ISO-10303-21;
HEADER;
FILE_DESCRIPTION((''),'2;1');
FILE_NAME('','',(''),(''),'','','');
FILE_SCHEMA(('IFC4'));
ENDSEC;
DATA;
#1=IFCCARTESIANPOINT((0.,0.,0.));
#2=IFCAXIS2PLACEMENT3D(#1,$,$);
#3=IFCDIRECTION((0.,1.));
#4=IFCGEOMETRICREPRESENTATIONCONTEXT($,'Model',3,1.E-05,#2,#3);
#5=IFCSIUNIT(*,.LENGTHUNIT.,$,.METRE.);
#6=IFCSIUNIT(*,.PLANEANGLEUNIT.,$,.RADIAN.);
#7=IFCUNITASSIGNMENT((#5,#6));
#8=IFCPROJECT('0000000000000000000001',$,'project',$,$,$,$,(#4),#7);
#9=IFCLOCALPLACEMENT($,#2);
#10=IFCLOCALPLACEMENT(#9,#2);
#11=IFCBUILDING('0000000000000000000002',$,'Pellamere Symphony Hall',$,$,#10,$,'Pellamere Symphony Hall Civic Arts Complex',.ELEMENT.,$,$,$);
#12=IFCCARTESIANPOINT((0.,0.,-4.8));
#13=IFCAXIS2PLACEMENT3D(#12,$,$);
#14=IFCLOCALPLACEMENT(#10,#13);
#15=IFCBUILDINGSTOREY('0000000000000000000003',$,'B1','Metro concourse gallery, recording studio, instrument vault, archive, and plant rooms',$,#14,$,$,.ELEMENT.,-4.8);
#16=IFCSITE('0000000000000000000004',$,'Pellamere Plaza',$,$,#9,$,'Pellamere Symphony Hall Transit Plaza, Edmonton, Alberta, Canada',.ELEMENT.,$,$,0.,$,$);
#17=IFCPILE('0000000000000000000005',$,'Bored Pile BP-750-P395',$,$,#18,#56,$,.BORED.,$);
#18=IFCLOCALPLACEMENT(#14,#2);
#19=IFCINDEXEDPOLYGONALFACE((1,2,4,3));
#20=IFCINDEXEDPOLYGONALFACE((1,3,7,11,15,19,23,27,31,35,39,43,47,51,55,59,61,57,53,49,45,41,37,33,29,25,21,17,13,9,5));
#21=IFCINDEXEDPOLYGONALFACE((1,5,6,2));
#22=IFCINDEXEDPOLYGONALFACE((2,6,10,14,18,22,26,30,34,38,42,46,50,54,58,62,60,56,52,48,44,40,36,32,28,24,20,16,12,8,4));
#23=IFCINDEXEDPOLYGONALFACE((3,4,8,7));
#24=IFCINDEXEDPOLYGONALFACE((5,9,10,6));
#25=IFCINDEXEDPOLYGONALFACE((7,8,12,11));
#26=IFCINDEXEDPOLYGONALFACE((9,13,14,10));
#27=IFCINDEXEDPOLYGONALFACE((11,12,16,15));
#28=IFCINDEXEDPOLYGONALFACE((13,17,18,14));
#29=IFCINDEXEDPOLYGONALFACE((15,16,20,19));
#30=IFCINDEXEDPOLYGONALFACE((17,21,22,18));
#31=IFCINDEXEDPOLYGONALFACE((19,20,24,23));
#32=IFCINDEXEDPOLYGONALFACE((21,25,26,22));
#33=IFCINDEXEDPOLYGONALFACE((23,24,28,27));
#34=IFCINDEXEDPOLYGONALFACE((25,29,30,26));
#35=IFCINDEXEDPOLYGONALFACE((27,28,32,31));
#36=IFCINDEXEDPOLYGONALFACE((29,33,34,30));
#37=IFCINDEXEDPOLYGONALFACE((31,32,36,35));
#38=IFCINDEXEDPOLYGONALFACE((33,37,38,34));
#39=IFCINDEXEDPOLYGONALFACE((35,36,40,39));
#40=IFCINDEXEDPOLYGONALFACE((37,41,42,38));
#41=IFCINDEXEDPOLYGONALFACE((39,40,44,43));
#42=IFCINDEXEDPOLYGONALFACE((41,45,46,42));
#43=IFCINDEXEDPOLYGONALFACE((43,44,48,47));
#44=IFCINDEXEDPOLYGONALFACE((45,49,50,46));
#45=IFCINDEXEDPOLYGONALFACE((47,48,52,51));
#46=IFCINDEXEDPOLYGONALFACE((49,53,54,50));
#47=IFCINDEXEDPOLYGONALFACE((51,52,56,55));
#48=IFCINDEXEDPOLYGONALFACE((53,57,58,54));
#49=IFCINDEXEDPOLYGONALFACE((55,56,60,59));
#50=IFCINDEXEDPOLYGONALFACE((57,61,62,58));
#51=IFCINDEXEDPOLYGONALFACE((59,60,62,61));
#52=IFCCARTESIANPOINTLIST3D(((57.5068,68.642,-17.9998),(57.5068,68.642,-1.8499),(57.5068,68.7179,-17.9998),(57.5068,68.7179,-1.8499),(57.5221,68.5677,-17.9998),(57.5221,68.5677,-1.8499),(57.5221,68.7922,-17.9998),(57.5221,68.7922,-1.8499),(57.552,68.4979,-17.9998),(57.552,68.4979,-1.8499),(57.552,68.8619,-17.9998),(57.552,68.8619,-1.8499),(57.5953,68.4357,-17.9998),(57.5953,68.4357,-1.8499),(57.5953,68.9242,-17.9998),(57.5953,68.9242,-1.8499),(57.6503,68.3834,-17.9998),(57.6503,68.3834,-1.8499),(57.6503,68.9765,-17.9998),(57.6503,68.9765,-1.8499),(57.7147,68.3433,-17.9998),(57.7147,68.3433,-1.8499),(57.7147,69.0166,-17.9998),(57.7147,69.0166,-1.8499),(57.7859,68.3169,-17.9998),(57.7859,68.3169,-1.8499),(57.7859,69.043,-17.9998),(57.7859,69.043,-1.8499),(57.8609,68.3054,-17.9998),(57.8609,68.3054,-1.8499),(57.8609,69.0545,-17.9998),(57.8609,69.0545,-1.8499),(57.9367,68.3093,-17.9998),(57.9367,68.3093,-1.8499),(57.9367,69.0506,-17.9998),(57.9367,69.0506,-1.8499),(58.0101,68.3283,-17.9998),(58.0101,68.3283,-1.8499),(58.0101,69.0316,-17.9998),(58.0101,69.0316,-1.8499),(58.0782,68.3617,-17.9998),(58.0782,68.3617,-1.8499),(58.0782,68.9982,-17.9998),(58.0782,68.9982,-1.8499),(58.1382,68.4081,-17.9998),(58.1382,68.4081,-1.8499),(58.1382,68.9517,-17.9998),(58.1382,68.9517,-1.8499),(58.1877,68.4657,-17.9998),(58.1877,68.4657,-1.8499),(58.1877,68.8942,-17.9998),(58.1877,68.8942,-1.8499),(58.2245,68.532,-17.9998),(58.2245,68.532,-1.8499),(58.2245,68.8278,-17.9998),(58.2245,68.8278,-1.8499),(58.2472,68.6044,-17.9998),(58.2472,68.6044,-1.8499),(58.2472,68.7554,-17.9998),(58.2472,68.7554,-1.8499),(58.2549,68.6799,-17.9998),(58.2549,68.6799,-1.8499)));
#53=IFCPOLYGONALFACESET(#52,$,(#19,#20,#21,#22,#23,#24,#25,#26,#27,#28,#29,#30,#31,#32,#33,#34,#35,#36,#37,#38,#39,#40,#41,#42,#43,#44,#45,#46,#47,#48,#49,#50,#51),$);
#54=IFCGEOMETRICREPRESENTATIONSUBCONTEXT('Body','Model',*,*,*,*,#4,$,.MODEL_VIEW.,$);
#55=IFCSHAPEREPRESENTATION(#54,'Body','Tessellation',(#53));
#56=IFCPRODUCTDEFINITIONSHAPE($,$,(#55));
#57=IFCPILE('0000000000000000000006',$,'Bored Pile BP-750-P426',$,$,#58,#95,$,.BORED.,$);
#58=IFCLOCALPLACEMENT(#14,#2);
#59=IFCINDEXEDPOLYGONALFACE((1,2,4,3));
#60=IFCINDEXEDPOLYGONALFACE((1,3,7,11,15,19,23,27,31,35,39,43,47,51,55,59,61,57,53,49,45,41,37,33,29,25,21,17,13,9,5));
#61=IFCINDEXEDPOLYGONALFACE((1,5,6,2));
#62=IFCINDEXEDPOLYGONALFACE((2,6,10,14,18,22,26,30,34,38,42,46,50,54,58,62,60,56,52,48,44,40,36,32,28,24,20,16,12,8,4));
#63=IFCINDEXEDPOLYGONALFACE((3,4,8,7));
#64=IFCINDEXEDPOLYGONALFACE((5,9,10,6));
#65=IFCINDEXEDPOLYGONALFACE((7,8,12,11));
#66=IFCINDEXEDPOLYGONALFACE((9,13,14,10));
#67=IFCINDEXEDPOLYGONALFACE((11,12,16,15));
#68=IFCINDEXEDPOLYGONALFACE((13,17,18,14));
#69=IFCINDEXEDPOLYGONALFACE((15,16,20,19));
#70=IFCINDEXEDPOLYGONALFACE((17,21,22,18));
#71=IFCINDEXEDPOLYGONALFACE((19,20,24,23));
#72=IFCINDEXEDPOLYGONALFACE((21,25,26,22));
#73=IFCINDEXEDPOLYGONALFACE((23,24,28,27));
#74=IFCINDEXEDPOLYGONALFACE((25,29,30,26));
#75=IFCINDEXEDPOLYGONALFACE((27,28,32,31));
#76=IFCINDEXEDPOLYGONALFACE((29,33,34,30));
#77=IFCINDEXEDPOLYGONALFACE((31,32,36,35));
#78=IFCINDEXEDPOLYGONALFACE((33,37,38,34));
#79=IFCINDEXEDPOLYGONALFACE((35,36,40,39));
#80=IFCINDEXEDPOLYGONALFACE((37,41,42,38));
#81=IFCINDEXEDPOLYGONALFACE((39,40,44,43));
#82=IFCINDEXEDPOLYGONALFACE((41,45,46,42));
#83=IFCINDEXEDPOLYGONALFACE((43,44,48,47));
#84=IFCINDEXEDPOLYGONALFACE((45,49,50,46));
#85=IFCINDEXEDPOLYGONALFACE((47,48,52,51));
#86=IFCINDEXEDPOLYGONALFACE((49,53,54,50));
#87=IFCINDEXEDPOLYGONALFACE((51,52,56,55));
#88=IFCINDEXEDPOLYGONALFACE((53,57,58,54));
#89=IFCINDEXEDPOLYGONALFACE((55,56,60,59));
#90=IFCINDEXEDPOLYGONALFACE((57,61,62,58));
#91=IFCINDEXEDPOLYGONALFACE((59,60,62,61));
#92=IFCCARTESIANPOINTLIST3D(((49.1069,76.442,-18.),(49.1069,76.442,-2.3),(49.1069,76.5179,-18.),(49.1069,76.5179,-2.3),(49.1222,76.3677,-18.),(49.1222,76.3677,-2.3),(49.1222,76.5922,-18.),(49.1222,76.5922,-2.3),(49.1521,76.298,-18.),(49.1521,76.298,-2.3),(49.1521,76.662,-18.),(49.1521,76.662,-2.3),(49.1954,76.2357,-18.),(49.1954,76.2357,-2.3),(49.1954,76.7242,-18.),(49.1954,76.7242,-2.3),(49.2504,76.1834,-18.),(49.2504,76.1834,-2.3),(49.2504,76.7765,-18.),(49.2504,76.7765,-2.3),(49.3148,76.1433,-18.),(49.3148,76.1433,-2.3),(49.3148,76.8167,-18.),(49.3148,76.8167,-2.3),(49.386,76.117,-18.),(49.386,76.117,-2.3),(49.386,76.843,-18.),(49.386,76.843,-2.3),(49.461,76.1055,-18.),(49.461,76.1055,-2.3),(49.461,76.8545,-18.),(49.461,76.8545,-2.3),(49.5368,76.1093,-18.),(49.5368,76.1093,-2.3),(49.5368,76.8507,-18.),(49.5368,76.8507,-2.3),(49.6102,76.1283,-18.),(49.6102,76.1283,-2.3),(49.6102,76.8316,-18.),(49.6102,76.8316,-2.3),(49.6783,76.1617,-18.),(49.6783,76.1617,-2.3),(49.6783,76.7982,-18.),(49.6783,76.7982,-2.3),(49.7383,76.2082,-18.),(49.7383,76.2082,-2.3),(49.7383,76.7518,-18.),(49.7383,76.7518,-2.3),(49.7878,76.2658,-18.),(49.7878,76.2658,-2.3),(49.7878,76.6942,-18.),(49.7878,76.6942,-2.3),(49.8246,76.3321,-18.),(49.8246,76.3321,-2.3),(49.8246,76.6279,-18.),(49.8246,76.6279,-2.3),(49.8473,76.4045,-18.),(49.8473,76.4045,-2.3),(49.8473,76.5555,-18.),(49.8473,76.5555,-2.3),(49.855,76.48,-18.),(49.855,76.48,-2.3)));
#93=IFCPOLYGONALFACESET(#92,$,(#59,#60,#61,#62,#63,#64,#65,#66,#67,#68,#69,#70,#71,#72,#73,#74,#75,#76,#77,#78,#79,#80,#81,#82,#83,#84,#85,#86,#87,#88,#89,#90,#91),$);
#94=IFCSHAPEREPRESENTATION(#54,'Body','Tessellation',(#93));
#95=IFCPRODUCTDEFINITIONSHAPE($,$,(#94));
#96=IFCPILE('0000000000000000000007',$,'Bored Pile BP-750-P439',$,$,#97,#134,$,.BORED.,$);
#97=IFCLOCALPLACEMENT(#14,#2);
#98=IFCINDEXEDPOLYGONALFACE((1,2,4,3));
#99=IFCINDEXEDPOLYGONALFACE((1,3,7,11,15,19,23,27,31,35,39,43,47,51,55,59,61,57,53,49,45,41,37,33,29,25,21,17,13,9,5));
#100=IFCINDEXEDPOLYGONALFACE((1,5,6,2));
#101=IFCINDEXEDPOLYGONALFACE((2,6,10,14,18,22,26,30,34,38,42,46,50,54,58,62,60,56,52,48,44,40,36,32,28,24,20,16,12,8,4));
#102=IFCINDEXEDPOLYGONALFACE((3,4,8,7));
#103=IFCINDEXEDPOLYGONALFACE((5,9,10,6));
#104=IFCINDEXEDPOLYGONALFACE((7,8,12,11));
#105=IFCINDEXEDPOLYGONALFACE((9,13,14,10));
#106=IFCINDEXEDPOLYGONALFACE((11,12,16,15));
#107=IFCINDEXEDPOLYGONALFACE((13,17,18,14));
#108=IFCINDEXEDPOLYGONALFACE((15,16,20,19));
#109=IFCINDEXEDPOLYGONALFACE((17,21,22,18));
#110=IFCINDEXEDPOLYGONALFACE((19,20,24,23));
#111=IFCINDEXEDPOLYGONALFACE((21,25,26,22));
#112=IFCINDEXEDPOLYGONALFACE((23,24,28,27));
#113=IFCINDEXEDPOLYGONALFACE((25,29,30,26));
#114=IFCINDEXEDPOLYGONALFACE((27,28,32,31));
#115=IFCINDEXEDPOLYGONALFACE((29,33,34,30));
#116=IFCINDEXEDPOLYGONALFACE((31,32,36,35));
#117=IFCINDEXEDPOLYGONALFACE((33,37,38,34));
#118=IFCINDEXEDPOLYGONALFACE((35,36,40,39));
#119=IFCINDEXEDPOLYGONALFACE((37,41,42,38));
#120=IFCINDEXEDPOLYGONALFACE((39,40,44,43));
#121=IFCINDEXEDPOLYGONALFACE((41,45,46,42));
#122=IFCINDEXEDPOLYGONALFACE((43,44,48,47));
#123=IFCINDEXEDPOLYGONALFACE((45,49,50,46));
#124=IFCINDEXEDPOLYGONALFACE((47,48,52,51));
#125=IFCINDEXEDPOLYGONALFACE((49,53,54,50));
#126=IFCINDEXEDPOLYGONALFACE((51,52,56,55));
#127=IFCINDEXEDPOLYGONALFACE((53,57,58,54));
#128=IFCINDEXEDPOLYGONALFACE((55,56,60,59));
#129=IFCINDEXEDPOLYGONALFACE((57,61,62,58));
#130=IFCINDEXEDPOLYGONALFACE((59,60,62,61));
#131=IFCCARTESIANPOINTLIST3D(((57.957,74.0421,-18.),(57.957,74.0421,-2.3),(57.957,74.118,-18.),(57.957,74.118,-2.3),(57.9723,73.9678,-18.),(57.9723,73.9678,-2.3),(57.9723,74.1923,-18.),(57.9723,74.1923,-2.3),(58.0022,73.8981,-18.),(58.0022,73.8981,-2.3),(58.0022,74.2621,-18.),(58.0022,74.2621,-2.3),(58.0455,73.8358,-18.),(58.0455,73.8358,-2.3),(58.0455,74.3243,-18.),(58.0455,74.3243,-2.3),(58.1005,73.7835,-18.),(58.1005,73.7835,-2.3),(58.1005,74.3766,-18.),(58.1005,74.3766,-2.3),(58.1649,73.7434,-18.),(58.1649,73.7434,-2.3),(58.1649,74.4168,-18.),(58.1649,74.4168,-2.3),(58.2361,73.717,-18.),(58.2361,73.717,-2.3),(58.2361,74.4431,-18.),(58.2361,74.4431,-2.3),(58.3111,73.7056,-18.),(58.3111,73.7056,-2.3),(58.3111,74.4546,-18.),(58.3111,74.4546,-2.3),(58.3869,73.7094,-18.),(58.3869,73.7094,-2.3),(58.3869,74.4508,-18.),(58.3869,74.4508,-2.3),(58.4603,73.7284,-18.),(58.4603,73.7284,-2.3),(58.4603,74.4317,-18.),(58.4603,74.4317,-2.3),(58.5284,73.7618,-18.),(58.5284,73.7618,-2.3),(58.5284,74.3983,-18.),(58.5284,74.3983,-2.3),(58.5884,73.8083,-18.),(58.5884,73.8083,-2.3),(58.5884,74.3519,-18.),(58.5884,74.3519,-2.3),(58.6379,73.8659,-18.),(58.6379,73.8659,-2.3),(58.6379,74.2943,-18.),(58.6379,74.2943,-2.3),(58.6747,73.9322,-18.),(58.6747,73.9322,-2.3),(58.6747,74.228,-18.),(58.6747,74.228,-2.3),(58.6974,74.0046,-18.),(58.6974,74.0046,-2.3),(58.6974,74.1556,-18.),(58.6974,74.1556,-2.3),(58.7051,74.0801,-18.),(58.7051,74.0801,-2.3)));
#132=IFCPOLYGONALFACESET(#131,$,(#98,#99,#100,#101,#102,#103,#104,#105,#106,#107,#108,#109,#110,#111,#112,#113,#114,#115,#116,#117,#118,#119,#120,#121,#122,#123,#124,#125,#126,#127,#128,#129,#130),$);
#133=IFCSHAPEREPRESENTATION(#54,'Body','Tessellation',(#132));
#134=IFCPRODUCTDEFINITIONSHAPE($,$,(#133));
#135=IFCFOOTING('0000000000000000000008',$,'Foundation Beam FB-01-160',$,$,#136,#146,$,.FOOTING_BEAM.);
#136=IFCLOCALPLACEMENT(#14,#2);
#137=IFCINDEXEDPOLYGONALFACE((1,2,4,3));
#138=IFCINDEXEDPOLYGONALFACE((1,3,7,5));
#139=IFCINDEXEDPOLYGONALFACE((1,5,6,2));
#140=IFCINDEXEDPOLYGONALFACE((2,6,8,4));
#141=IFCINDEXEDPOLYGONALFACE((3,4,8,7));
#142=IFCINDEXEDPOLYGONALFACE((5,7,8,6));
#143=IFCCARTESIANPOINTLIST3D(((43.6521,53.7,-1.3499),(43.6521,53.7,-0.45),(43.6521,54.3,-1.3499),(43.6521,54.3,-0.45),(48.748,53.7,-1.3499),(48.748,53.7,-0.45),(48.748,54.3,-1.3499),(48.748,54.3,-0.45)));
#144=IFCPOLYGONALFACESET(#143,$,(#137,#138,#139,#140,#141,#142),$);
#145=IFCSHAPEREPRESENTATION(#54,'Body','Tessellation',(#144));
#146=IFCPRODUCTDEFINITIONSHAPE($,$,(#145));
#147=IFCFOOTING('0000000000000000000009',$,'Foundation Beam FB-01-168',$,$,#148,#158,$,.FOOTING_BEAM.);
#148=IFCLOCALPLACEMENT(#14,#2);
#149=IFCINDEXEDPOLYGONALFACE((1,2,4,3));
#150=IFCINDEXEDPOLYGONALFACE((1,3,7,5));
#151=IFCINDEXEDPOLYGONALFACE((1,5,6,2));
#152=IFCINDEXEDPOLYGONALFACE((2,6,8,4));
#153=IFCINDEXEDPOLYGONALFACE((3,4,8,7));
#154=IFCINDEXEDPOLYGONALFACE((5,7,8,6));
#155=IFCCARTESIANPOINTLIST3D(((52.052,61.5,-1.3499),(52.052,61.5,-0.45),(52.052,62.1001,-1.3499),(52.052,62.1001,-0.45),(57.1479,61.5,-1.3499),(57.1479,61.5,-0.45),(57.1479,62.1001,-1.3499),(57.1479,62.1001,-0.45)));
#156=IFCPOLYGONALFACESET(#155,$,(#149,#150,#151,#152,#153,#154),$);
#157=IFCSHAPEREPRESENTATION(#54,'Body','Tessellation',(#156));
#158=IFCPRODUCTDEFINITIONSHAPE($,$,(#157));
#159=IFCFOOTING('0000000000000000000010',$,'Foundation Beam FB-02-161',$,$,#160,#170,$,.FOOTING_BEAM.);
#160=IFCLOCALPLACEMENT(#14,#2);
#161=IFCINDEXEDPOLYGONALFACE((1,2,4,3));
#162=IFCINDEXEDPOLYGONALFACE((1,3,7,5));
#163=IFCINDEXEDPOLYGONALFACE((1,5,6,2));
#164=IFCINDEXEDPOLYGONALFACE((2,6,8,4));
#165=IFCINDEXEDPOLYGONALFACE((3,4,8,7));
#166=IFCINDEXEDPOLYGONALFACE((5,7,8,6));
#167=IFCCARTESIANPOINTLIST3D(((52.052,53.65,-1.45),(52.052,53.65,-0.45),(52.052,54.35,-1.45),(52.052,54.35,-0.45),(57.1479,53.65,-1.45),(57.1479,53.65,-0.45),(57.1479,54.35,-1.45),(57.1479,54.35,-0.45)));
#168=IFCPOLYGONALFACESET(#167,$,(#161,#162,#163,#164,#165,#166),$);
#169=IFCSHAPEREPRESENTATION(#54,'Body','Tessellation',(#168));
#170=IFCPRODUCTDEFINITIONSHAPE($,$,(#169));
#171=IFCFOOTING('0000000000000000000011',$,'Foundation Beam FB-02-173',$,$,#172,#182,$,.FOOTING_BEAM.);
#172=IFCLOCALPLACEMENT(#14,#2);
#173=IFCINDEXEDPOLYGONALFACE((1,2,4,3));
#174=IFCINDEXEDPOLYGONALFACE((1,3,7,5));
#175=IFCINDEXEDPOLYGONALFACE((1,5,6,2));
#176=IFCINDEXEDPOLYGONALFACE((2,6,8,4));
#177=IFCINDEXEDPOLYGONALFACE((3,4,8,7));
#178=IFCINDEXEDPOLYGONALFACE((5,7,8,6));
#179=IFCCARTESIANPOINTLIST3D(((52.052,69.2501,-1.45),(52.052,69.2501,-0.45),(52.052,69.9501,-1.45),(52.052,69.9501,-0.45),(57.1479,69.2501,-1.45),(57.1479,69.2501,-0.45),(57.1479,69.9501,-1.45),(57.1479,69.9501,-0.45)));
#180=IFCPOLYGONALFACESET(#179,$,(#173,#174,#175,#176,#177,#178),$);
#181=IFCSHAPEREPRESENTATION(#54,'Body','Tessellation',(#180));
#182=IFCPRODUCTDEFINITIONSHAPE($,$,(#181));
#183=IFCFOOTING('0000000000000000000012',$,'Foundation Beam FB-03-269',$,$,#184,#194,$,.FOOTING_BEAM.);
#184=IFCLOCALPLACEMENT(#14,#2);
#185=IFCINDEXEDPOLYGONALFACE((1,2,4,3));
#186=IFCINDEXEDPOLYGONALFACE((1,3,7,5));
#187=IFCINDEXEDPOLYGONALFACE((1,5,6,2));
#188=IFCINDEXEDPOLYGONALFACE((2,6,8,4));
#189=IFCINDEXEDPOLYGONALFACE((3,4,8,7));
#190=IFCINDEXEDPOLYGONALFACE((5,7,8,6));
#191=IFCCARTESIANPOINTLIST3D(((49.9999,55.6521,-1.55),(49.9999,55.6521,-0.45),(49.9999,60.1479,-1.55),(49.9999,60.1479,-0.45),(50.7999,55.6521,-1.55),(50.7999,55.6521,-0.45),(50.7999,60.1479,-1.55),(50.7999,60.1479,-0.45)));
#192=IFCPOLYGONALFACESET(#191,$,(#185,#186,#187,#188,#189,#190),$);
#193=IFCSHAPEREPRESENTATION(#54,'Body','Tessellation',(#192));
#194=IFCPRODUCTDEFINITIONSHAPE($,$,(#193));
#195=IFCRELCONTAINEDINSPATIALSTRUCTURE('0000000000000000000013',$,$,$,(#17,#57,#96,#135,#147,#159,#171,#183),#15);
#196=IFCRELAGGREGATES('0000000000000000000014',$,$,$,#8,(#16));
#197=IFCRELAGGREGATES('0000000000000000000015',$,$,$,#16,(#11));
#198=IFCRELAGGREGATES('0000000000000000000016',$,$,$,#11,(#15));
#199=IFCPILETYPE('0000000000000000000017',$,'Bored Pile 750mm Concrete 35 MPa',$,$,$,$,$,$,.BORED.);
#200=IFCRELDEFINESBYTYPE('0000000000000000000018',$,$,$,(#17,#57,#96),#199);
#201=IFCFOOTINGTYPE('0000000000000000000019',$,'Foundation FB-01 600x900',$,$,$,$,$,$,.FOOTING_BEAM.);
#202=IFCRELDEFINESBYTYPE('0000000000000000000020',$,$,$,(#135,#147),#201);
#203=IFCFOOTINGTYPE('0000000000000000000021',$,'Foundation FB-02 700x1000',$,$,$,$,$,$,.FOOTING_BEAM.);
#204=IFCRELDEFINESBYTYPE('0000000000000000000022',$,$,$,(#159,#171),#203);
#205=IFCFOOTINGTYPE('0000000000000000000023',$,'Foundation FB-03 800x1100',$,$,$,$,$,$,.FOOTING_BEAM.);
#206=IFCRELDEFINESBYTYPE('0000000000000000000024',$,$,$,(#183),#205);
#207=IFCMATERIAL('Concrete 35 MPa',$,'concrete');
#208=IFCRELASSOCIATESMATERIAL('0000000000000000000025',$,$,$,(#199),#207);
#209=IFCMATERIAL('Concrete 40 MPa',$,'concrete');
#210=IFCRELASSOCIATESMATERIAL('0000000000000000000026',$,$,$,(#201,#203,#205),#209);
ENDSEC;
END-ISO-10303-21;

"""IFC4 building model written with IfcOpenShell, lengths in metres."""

from ifc_helpers import new_model, si_unit, direction, frame, origin, origin_2d, place, context, subcontext, project, spatial, rectangle, circle, extrude, material, material_profile, profile_set, type_object, element, save


model = new_model("IFC4")

# Units and contexts
model_context = context("Model", 3, precision=1e-05, world=origin(), true_north=direction((0.0, 1.0)))
body_context = subcontext(model_context, "Body", "Model", "MODEL_VIEW")
ifc_project = project(units=[si_unit("LENGTHUNIT", "METRE"), si_unit("PLANEANGLEUNIT", "RADIAN")], contexts=[model_context])

# Site, building, storey
site_placement = place(None, origin())
site = spatial("IfcSite", under=ifc_project, at=site_placement, Name="Pellamere Plaza", LongName="Pellamere Symphony Hall Transit Plaza, Edmonton, Alberta, Canada", CompositionType="ELEMENT", RefElevation=0.0)
building_placement = place(site_placement, origin())
building = spatial("IfcBuilding", under=site, at=building_placement, Name="Pellamere Symphony Hall", LongName="Pellamere Symphony Hall Civic Arts Complex", CompositionType="ELEMENT")
storey_placement = place(building_placement, frame((0.0, 0.0, -4.8)))
storey = spatial("IfcBuildingStorey", under=building, at=storey_placement, Name="B1", Description="Metro concourse gallery, recording studio, instrument vault, archive, and plant rooms", CompositionType="ELEMENT", Elevation=-4.8)

# Piles
ifc_material_1 = material(Name="Concrete 35 MPa", Category="concrete")
ifc_material_profile_1 = material_profile(ifc_material_1, circle(Radius=0.375, at=origin_2d()), Name="PILE D750")
ifc_profile_set_1 = profile_set([ifc_material_profile_1], Name="Concrete 35 MPa")
pile_type = type_object("IfcPileType", Name="Bored Pile 750mm Concrete 35 MPa", PredefinedType="BORED", material=ifc_profile_set_1)
pile_1_placement = place(storey_placement, frame((57.8799, 68.6799, -1.8499), z_axis=(0.0, 0.0, -1.0), x_axis=(1.0, 0.0, 0.0)))
element("IfcPile", 1, at=pile_1_placement, inside=storey, type_object=pile_type, Name="Bored Pile BP-750-P395", PredefinedType="BORED", context=body_context, shape_type="SweptSolid", body=[
    extrude(circle(Radius=0.375, at=origin_2d()), origin(), (0.0, 0.0, 1.0), 16.1499),
])
for number, where, z_axis, x_axis, name in (
    (2, (49.48, 76.48, -2.3), (0.0, 0.0, -1.0), (1.0, 0.0, 0.0), "Bored Pile BP-750-P426"),
    (3, (58.3301, 74.0801, -2.3), (0.0, 0.0, -1.0), (1.0, 0.0, 0.0), "Bored Pile BP-750-P439"),
):
    element("IfcPile", number, at=place(storey_placement, frame(where, z_axis=z_axis, x_axis=x_axis)), inside=storey, type_object=pile_type, Name=name, PredefinedType="BORED", context=body_context, shape_type="SweptSolid", body=[
        extrude(circle(Radius=0.375, at=origin_2d()), origin(), (0.0, 0.0, 1.0), 15.7),
    ])

# Footings
ifc_material_2 = material(Name="Concrete 40 MPa", Category="concrete")
ifc_material_profile_2 = material_profile(ifc_material_2, rectangle(XDim=0.6001, YDim=0.8999, at=origin_2d()), Name="RC 600x900")
ifc_profile_set_2 = profile_set([ifc_material_profile_2], Name="Concrete 40 MPa")
footing_type_1 = type_object("IfcFootingType", Name="Foundation FB-01 600x900", PredefinedType="FOOTING_BEAM", material=ifc_profile_set_2)
for number, where, z_axis, x_axis, name in (
    (4, (43.6521, 54.0, -0.8999), (1.0, 0.0, 0.0), (0.0, 1.0, 0.0), "Foundation Beam FB-01-160"),
    (5, (52.052, 61.8, -0.8999), (1.0, 0.0, 0.0), (0.0, 1.0, 0.0), "Foundation Beam FB-01-168"),
):
    element("IfcFooting", number, at=place(storey_placement, frame(where, z_axis=z_axis, x_axis=x_axis)), inside=storey, type_object=footing_type_1, Name=name, PredefinedType="FOOTING_BEAM", context=body_context, shape_type="SweptSolid", body=[
        extrude(rectangle(XDim=0.6001, YDim=0.8999, at=origin_2d()), origin(), (0.0, 0.0, 1.0), 5.0959),
    ])
ifc_material_profile_3 = material_profile(ifc_material_2, rectangle(XDim=0.7, YDim=1.0, at=origin_2d()), Name="RC 700x1000")
ifc_profile_set_3 = profile_set([ifc_material_profile_3], Name="Concrete 40 MPa")
footing_type_2 = type_object("IfcFootingType", Name="Foundation FB-02 700x1000", PredefinedType="FOOTING_BEAM", material=ifc_profile_set_3)
for number, where, z_axis, x_axis, name in (
    (6, (52.052, 54.0, -0.95), (1.0, 0.0, 0.0), (0.0, 1.0, 0.0), "Foundation Beam FB-02-161"),
    (7, (52.052, 69.6001, -0.95), (1.0, 0.0, 0.0), (0.0, 1.0, 0.0), "Foundation Beam FB-02-173"),
):
    element("IfcFooting", number, at=place(storey_placement, frame(where, z_axis=z_axis, x_axis=x_axis)), inside=storey, type_object=footing_type_2, Name=name, PredefinedType="FOOTING_BEAM", context=body_context, shape_type="SweptSolid", body=[
        extrude(rectangle(XDim=0.7, YDim=1.0, at=origin_2d()), origin(), (0.0, 0.0, 1.0), 5.0959),
    ])
ifc_material_profile_4 = material_profile(ifc_material_2, rectangle(XDim=0.8, YDim=1.1001, at=origin_2d()), Name="RC 800x1100")
ifc_profile_set_4 = profile_set([ifc_material_profile_4], Name="Concrete 40 MPa")
footing_type_3 = type_object("IfcFootingType", Name="Foundation FB-03 800x1100", PredefinedType="FOOTING_BEAM", material=ifc_profile_set_4)
footing_1_placement = place(storey_placement, frame((50.3999, 55.6521, -1.0), z_axis=(0.0, 1.0, 0.0), x_axis=(-1.0, 0.0, 0.0)))
element("IfcFooting", 8, at=footing_1_placement, inside=storey, type_object=footing_type_3, Name="Foundation Beam FB-03-269", PredefinedType="FOOTING_BEAM", context=body_context, shape_type="SweptSolid", body=[
    extrude(rectangle(XDim=0.8, YDim=1.1001, at=origin_2d()), origin(), (0.0, 0.0, 1.0), 4.4958),
])

save(model, "model.ifc")
